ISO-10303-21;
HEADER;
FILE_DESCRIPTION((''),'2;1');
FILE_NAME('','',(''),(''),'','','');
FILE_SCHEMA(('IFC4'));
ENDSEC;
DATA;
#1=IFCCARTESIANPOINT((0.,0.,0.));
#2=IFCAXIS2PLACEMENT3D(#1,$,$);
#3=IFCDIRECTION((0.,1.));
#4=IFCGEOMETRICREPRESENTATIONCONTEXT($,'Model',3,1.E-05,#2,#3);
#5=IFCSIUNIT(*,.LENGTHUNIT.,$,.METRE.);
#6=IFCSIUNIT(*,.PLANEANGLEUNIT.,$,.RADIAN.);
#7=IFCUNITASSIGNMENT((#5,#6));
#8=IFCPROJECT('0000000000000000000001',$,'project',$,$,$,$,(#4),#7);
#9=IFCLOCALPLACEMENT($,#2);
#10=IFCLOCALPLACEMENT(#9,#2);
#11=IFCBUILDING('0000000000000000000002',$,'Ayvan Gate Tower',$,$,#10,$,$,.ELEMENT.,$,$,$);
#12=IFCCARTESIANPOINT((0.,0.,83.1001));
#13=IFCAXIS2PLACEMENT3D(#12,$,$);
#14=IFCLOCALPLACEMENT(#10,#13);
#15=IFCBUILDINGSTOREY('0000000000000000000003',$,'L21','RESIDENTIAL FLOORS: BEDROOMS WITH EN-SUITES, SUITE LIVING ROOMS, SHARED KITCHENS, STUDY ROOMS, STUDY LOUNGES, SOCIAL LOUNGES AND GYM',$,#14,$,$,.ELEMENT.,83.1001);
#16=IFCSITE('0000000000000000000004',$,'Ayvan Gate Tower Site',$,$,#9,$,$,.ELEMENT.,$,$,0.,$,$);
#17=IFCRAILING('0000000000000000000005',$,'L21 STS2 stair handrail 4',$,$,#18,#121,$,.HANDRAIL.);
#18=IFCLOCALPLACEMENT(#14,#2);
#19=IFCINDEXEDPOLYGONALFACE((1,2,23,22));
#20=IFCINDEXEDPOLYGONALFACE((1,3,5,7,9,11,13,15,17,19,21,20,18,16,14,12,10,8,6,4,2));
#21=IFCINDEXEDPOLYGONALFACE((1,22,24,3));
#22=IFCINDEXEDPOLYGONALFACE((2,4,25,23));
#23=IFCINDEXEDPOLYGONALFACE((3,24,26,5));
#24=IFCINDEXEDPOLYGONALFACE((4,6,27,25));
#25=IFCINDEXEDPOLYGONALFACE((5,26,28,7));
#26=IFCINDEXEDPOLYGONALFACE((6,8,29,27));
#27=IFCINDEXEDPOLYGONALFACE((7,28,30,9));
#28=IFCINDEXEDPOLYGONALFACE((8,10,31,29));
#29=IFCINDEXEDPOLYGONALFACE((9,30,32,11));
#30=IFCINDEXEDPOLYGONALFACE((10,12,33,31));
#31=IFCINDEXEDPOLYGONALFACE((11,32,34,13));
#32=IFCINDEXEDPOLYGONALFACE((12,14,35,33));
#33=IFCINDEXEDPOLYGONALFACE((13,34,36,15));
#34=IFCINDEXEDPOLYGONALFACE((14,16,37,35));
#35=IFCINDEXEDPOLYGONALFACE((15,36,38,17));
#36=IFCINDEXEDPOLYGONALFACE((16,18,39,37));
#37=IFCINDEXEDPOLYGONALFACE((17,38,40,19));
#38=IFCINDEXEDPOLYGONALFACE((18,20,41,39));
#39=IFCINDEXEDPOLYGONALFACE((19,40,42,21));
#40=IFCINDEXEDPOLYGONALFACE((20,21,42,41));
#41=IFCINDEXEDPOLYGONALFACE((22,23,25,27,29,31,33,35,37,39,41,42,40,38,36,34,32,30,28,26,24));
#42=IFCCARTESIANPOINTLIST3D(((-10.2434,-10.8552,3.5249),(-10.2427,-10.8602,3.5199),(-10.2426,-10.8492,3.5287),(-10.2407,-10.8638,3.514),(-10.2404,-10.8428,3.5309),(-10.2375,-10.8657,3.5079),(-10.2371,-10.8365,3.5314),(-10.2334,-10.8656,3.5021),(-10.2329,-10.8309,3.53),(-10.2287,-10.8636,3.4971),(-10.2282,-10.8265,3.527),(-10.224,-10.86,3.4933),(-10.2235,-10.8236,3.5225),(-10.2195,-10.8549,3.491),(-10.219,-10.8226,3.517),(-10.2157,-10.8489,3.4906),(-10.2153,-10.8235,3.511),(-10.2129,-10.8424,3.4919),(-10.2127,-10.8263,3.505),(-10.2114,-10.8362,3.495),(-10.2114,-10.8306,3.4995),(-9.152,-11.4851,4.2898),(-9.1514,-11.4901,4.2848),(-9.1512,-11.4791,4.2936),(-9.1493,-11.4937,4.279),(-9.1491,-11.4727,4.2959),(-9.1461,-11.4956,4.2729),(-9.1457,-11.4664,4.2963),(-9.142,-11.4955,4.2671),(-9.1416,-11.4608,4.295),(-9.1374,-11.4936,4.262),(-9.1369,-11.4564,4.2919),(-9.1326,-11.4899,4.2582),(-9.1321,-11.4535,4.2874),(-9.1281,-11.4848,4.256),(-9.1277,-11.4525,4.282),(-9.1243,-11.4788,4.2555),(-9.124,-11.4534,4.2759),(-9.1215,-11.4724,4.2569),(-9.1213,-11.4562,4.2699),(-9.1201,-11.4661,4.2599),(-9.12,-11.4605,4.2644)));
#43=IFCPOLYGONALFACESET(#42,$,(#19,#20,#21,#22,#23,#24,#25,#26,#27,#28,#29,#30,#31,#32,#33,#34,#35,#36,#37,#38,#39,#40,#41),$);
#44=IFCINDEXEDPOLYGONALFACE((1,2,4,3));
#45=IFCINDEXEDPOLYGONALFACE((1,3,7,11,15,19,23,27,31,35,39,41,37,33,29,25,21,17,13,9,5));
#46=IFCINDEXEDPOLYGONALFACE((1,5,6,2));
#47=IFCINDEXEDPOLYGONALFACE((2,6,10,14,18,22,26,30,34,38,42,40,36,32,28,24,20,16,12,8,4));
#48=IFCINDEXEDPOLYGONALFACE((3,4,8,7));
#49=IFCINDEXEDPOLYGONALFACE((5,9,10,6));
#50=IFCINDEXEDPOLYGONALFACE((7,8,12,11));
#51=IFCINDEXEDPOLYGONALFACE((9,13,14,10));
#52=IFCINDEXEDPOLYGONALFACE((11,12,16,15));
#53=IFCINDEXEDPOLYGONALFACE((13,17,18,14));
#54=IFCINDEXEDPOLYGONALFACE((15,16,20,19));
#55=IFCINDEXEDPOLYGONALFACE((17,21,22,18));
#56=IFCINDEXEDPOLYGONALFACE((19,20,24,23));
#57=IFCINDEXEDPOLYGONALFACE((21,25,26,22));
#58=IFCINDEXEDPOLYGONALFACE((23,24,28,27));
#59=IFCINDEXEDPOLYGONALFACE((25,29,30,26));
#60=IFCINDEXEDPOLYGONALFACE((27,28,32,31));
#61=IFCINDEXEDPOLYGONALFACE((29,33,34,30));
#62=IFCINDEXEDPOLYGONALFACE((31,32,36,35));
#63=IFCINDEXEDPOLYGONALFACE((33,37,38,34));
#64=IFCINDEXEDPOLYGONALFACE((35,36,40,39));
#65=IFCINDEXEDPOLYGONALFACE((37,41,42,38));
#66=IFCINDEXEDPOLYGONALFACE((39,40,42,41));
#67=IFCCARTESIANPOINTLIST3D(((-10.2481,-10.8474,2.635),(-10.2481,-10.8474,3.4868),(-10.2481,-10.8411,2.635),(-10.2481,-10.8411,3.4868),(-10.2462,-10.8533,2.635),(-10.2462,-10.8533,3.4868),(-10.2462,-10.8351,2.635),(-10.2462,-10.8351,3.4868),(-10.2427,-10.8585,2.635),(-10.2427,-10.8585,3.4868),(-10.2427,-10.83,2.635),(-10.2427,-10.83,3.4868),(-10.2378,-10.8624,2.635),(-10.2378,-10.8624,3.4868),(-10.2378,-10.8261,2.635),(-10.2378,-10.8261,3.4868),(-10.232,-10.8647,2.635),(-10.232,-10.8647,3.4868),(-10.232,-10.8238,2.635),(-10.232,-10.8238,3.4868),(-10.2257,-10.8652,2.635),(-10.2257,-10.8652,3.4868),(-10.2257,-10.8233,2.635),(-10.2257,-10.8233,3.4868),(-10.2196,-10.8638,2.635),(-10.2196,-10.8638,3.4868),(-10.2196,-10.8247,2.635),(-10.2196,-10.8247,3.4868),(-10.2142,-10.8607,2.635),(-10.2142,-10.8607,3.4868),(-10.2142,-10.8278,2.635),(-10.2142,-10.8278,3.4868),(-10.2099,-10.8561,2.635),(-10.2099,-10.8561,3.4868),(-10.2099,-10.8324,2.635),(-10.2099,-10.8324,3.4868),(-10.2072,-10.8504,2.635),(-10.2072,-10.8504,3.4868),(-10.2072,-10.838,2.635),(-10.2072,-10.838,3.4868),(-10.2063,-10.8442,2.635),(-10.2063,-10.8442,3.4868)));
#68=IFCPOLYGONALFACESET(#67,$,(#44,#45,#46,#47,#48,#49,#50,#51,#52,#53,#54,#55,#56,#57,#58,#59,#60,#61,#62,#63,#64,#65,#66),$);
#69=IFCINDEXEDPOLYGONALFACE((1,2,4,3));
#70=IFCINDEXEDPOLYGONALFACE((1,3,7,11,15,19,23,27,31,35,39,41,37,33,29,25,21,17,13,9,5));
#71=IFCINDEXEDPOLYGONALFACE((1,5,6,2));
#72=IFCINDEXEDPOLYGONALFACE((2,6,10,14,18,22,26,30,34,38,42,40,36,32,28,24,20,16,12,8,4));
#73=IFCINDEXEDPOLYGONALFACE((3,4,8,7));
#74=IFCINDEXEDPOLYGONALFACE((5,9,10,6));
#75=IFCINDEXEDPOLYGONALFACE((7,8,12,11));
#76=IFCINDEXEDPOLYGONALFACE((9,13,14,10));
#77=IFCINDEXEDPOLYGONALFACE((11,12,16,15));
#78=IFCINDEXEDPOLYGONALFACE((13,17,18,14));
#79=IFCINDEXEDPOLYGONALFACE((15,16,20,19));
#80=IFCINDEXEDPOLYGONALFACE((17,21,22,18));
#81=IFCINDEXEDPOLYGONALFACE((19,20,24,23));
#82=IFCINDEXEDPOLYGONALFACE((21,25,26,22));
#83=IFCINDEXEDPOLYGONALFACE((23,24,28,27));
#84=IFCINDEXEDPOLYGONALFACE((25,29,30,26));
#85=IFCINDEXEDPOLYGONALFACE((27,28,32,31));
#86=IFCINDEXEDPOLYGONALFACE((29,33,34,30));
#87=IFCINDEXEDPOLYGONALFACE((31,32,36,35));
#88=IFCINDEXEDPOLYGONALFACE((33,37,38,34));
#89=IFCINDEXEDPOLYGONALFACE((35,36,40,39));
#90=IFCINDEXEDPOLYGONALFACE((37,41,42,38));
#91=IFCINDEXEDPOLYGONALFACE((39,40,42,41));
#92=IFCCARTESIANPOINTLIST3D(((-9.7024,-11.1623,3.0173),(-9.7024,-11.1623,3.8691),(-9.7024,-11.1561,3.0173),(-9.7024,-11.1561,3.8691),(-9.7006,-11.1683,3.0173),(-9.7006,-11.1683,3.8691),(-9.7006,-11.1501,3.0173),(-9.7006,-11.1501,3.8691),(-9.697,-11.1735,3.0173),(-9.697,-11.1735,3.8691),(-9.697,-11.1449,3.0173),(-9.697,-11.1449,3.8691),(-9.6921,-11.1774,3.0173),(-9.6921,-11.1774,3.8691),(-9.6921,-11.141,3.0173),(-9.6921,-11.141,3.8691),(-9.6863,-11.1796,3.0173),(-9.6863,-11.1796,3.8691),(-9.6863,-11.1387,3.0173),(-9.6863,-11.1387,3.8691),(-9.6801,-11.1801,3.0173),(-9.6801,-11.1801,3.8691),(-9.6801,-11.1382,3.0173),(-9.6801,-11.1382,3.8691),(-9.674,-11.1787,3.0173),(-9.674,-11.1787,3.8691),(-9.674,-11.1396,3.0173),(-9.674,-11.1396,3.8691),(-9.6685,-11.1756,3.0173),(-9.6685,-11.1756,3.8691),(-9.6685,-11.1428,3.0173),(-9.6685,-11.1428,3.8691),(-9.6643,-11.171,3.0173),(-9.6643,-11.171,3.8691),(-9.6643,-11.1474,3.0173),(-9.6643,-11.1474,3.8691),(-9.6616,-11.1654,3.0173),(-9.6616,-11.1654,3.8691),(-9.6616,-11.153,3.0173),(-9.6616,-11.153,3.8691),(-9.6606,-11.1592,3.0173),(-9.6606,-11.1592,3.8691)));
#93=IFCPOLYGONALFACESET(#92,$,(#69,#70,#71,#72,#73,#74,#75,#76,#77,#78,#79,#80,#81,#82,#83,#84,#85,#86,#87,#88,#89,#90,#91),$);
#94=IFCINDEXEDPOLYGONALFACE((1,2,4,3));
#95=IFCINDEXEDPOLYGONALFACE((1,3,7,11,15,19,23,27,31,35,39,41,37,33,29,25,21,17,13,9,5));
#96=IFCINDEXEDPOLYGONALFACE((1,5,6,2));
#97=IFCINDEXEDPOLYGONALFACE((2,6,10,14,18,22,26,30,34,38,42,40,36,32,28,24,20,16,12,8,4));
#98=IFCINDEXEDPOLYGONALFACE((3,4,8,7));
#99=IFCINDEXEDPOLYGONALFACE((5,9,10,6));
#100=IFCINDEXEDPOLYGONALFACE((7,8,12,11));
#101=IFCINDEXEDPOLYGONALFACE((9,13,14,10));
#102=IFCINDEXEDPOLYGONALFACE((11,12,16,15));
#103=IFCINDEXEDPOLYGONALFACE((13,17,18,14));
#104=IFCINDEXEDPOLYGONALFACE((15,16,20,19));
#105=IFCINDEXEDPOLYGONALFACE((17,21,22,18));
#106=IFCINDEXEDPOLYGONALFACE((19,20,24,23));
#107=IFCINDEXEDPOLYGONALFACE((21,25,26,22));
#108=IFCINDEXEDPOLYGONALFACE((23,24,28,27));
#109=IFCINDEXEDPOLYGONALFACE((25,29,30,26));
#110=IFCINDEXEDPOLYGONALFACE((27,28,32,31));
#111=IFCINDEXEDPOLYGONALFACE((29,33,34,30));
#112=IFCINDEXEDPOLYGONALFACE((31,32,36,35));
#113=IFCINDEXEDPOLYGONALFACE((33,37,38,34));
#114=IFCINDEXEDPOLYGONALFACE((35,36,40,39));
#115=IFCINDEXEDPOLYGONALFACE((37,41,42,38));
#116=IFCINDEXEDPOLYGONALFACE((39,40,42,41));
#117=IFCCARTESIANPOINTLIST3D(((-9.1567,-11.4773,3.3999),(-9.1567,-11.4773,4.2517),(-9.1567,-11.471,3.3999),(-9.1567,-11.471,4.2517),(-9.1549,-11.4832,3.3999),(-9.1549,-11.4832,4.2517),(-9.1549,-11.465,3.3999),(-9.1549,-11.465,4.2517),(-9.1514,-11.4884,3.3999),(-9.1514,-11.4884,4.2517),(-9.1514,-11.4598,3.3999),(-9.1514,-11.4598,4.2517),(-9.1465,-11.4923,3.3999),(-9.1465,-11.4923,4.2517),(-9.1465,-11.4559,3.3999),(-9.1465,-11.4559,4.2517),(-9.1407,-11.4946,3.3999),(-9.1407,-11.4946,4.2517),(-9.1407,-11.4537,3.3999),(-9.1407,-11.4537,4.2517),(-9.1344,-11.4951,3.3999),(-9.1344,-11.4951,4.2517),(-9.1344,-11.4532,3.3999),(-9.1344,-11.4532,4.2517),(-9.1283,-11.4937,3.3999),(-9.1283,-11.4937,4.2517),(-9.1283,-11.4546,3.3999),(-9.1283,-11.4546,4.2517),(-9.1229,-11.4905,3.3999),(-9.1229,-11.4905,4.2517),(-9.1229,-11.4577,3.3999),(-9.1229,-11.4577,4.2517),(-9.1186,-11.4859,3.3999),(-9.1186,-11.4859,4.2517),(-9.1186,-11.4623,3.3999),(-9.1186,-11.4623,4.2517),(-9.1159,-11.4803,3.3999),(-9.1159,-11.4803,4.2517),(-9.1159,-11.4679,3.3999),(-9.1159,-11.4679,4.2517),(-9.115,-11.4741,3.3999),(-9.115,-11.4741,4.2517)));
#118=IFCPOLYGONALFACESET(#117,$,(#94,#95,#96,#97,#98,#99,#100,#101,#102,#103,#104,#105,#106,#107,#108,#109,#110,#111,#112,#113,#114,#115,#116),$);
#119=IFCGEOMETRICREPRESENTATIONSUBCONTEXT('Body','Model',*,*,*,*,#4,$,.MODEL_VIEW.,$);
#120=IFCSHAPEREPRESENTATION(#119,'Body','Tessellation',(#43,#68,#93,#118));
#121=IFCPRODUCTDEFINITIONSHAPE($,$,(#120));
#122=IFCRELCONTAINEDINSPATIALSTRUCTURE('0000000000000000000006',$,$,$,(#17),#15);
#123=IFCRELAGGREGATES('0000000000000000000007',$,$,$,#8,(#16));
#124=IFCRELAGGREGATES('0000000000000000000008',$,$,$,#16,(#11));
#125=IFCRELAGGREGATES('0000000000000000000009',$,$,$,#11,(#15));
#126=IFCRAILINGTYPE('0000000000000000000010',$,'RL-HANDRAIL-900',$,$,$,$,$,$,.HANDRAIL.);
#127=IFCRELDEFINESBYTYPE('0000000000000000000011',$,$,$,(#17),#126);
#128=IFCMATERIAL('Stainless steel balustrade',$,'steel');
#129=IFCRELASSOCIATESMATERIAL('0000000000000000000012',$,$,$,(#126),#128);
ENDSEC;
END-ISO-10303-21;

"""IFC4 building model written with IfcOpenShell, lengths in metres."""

from ifc_helpers import new_model, si_unit, direction, frame, origin, origin_2d, place, context, subcontext, project, spatial, circle, extrude, material, type_object, element, save


model = new_model("IFC4")

# Units and contexts
model_context = context("Model", 3, precision=1e-05, world=origin(), true_north=direction((0.0, 1.0)))
body_context = subcontext(model_context, "Body", "Model", "MODEL_VIEW")
ifc_project = project(units=[si_unit("LENGTHUNIT", "METRE"), si_unit("PLANEANGLEUNIT", "RADIAN")], contexts=[model_context])

# Site, building, storey
site_placement = place(None, origin())
site = spatial("IfcSite", under=ifc_project, at=site_placement, Name="Ayvan Gate Tower Site", CompositionType="ELEMENT", RefElevation=0.0)
building_placement = place(site_placement, origin())
building = spatial("IfcBuilding", under=site, at=building_placement, Name="Ayvan Gate Tower", CompositionType="ELEMENT")
storey_placement = place(building_placement, frame((0.0, 0.0, 83.1001)))
storey = spatial("IfcBuildingStorey", under=building, at=storey_placement, Name="L21", Description="RESIDENTIAL FLOORS: BEDROOMS WITH EN-SUITES, SUITE LIVING ROOMS, SHARED KITCHENS, STUDY ROOMS, STUDY LOUNGES, SOCIAL LOUNGES AND GYM", CompositionType="ELEMENT", Elevation=83.1001)

# Railing
ifc_material_1 = material(Name="Stainless steel balustrade", Category="steel")
railing_type_1 = type_object("IfcRailingType", Name="RL-HANDRAIL-900", PredefinedType="HANDRAIL", material=ifc_material_1)
railing_1_placement = place(storey_placement, frame((-10.2273, -10.8442, 2.635)))
element("IfcRailing", 1, at=railing_1_placement, inside=storey, type_object=railing_type_1, Name="L21 STS2 stair handrail 4", PredefinedType="HANDRAIL", context=body_context, shape_type="SweptSolid", body=[
    extrude(circle(Radius=0.0239, at=origin_2d()), frame((0.0, 0.0, 0.876), z_axis=(0.740357, -0.42732, 0.518912), x_axis=(0.49989, 0.866089, 0.0)), (0.0, 0.0, 1.0), 1.4741),
    extrude(circle(Radius=0.021, at=origin_2d()), origin(), (0.0, 0.0, 1.0), 0.8518),
    extrude(circle(Radius=0.021, at=origin_2d()), frame((0.5457, -0.3149, 0.3823)), (0.0, 0.0, 1.0), 0.8518),
    extrude(circle(Radius=0.021, at=origin_2d()), frame((1.0913, -0.6299, 0.7649)), (0.0, 0.0, 1.0), 0.8518),
])

save(model, "model.ifc")
